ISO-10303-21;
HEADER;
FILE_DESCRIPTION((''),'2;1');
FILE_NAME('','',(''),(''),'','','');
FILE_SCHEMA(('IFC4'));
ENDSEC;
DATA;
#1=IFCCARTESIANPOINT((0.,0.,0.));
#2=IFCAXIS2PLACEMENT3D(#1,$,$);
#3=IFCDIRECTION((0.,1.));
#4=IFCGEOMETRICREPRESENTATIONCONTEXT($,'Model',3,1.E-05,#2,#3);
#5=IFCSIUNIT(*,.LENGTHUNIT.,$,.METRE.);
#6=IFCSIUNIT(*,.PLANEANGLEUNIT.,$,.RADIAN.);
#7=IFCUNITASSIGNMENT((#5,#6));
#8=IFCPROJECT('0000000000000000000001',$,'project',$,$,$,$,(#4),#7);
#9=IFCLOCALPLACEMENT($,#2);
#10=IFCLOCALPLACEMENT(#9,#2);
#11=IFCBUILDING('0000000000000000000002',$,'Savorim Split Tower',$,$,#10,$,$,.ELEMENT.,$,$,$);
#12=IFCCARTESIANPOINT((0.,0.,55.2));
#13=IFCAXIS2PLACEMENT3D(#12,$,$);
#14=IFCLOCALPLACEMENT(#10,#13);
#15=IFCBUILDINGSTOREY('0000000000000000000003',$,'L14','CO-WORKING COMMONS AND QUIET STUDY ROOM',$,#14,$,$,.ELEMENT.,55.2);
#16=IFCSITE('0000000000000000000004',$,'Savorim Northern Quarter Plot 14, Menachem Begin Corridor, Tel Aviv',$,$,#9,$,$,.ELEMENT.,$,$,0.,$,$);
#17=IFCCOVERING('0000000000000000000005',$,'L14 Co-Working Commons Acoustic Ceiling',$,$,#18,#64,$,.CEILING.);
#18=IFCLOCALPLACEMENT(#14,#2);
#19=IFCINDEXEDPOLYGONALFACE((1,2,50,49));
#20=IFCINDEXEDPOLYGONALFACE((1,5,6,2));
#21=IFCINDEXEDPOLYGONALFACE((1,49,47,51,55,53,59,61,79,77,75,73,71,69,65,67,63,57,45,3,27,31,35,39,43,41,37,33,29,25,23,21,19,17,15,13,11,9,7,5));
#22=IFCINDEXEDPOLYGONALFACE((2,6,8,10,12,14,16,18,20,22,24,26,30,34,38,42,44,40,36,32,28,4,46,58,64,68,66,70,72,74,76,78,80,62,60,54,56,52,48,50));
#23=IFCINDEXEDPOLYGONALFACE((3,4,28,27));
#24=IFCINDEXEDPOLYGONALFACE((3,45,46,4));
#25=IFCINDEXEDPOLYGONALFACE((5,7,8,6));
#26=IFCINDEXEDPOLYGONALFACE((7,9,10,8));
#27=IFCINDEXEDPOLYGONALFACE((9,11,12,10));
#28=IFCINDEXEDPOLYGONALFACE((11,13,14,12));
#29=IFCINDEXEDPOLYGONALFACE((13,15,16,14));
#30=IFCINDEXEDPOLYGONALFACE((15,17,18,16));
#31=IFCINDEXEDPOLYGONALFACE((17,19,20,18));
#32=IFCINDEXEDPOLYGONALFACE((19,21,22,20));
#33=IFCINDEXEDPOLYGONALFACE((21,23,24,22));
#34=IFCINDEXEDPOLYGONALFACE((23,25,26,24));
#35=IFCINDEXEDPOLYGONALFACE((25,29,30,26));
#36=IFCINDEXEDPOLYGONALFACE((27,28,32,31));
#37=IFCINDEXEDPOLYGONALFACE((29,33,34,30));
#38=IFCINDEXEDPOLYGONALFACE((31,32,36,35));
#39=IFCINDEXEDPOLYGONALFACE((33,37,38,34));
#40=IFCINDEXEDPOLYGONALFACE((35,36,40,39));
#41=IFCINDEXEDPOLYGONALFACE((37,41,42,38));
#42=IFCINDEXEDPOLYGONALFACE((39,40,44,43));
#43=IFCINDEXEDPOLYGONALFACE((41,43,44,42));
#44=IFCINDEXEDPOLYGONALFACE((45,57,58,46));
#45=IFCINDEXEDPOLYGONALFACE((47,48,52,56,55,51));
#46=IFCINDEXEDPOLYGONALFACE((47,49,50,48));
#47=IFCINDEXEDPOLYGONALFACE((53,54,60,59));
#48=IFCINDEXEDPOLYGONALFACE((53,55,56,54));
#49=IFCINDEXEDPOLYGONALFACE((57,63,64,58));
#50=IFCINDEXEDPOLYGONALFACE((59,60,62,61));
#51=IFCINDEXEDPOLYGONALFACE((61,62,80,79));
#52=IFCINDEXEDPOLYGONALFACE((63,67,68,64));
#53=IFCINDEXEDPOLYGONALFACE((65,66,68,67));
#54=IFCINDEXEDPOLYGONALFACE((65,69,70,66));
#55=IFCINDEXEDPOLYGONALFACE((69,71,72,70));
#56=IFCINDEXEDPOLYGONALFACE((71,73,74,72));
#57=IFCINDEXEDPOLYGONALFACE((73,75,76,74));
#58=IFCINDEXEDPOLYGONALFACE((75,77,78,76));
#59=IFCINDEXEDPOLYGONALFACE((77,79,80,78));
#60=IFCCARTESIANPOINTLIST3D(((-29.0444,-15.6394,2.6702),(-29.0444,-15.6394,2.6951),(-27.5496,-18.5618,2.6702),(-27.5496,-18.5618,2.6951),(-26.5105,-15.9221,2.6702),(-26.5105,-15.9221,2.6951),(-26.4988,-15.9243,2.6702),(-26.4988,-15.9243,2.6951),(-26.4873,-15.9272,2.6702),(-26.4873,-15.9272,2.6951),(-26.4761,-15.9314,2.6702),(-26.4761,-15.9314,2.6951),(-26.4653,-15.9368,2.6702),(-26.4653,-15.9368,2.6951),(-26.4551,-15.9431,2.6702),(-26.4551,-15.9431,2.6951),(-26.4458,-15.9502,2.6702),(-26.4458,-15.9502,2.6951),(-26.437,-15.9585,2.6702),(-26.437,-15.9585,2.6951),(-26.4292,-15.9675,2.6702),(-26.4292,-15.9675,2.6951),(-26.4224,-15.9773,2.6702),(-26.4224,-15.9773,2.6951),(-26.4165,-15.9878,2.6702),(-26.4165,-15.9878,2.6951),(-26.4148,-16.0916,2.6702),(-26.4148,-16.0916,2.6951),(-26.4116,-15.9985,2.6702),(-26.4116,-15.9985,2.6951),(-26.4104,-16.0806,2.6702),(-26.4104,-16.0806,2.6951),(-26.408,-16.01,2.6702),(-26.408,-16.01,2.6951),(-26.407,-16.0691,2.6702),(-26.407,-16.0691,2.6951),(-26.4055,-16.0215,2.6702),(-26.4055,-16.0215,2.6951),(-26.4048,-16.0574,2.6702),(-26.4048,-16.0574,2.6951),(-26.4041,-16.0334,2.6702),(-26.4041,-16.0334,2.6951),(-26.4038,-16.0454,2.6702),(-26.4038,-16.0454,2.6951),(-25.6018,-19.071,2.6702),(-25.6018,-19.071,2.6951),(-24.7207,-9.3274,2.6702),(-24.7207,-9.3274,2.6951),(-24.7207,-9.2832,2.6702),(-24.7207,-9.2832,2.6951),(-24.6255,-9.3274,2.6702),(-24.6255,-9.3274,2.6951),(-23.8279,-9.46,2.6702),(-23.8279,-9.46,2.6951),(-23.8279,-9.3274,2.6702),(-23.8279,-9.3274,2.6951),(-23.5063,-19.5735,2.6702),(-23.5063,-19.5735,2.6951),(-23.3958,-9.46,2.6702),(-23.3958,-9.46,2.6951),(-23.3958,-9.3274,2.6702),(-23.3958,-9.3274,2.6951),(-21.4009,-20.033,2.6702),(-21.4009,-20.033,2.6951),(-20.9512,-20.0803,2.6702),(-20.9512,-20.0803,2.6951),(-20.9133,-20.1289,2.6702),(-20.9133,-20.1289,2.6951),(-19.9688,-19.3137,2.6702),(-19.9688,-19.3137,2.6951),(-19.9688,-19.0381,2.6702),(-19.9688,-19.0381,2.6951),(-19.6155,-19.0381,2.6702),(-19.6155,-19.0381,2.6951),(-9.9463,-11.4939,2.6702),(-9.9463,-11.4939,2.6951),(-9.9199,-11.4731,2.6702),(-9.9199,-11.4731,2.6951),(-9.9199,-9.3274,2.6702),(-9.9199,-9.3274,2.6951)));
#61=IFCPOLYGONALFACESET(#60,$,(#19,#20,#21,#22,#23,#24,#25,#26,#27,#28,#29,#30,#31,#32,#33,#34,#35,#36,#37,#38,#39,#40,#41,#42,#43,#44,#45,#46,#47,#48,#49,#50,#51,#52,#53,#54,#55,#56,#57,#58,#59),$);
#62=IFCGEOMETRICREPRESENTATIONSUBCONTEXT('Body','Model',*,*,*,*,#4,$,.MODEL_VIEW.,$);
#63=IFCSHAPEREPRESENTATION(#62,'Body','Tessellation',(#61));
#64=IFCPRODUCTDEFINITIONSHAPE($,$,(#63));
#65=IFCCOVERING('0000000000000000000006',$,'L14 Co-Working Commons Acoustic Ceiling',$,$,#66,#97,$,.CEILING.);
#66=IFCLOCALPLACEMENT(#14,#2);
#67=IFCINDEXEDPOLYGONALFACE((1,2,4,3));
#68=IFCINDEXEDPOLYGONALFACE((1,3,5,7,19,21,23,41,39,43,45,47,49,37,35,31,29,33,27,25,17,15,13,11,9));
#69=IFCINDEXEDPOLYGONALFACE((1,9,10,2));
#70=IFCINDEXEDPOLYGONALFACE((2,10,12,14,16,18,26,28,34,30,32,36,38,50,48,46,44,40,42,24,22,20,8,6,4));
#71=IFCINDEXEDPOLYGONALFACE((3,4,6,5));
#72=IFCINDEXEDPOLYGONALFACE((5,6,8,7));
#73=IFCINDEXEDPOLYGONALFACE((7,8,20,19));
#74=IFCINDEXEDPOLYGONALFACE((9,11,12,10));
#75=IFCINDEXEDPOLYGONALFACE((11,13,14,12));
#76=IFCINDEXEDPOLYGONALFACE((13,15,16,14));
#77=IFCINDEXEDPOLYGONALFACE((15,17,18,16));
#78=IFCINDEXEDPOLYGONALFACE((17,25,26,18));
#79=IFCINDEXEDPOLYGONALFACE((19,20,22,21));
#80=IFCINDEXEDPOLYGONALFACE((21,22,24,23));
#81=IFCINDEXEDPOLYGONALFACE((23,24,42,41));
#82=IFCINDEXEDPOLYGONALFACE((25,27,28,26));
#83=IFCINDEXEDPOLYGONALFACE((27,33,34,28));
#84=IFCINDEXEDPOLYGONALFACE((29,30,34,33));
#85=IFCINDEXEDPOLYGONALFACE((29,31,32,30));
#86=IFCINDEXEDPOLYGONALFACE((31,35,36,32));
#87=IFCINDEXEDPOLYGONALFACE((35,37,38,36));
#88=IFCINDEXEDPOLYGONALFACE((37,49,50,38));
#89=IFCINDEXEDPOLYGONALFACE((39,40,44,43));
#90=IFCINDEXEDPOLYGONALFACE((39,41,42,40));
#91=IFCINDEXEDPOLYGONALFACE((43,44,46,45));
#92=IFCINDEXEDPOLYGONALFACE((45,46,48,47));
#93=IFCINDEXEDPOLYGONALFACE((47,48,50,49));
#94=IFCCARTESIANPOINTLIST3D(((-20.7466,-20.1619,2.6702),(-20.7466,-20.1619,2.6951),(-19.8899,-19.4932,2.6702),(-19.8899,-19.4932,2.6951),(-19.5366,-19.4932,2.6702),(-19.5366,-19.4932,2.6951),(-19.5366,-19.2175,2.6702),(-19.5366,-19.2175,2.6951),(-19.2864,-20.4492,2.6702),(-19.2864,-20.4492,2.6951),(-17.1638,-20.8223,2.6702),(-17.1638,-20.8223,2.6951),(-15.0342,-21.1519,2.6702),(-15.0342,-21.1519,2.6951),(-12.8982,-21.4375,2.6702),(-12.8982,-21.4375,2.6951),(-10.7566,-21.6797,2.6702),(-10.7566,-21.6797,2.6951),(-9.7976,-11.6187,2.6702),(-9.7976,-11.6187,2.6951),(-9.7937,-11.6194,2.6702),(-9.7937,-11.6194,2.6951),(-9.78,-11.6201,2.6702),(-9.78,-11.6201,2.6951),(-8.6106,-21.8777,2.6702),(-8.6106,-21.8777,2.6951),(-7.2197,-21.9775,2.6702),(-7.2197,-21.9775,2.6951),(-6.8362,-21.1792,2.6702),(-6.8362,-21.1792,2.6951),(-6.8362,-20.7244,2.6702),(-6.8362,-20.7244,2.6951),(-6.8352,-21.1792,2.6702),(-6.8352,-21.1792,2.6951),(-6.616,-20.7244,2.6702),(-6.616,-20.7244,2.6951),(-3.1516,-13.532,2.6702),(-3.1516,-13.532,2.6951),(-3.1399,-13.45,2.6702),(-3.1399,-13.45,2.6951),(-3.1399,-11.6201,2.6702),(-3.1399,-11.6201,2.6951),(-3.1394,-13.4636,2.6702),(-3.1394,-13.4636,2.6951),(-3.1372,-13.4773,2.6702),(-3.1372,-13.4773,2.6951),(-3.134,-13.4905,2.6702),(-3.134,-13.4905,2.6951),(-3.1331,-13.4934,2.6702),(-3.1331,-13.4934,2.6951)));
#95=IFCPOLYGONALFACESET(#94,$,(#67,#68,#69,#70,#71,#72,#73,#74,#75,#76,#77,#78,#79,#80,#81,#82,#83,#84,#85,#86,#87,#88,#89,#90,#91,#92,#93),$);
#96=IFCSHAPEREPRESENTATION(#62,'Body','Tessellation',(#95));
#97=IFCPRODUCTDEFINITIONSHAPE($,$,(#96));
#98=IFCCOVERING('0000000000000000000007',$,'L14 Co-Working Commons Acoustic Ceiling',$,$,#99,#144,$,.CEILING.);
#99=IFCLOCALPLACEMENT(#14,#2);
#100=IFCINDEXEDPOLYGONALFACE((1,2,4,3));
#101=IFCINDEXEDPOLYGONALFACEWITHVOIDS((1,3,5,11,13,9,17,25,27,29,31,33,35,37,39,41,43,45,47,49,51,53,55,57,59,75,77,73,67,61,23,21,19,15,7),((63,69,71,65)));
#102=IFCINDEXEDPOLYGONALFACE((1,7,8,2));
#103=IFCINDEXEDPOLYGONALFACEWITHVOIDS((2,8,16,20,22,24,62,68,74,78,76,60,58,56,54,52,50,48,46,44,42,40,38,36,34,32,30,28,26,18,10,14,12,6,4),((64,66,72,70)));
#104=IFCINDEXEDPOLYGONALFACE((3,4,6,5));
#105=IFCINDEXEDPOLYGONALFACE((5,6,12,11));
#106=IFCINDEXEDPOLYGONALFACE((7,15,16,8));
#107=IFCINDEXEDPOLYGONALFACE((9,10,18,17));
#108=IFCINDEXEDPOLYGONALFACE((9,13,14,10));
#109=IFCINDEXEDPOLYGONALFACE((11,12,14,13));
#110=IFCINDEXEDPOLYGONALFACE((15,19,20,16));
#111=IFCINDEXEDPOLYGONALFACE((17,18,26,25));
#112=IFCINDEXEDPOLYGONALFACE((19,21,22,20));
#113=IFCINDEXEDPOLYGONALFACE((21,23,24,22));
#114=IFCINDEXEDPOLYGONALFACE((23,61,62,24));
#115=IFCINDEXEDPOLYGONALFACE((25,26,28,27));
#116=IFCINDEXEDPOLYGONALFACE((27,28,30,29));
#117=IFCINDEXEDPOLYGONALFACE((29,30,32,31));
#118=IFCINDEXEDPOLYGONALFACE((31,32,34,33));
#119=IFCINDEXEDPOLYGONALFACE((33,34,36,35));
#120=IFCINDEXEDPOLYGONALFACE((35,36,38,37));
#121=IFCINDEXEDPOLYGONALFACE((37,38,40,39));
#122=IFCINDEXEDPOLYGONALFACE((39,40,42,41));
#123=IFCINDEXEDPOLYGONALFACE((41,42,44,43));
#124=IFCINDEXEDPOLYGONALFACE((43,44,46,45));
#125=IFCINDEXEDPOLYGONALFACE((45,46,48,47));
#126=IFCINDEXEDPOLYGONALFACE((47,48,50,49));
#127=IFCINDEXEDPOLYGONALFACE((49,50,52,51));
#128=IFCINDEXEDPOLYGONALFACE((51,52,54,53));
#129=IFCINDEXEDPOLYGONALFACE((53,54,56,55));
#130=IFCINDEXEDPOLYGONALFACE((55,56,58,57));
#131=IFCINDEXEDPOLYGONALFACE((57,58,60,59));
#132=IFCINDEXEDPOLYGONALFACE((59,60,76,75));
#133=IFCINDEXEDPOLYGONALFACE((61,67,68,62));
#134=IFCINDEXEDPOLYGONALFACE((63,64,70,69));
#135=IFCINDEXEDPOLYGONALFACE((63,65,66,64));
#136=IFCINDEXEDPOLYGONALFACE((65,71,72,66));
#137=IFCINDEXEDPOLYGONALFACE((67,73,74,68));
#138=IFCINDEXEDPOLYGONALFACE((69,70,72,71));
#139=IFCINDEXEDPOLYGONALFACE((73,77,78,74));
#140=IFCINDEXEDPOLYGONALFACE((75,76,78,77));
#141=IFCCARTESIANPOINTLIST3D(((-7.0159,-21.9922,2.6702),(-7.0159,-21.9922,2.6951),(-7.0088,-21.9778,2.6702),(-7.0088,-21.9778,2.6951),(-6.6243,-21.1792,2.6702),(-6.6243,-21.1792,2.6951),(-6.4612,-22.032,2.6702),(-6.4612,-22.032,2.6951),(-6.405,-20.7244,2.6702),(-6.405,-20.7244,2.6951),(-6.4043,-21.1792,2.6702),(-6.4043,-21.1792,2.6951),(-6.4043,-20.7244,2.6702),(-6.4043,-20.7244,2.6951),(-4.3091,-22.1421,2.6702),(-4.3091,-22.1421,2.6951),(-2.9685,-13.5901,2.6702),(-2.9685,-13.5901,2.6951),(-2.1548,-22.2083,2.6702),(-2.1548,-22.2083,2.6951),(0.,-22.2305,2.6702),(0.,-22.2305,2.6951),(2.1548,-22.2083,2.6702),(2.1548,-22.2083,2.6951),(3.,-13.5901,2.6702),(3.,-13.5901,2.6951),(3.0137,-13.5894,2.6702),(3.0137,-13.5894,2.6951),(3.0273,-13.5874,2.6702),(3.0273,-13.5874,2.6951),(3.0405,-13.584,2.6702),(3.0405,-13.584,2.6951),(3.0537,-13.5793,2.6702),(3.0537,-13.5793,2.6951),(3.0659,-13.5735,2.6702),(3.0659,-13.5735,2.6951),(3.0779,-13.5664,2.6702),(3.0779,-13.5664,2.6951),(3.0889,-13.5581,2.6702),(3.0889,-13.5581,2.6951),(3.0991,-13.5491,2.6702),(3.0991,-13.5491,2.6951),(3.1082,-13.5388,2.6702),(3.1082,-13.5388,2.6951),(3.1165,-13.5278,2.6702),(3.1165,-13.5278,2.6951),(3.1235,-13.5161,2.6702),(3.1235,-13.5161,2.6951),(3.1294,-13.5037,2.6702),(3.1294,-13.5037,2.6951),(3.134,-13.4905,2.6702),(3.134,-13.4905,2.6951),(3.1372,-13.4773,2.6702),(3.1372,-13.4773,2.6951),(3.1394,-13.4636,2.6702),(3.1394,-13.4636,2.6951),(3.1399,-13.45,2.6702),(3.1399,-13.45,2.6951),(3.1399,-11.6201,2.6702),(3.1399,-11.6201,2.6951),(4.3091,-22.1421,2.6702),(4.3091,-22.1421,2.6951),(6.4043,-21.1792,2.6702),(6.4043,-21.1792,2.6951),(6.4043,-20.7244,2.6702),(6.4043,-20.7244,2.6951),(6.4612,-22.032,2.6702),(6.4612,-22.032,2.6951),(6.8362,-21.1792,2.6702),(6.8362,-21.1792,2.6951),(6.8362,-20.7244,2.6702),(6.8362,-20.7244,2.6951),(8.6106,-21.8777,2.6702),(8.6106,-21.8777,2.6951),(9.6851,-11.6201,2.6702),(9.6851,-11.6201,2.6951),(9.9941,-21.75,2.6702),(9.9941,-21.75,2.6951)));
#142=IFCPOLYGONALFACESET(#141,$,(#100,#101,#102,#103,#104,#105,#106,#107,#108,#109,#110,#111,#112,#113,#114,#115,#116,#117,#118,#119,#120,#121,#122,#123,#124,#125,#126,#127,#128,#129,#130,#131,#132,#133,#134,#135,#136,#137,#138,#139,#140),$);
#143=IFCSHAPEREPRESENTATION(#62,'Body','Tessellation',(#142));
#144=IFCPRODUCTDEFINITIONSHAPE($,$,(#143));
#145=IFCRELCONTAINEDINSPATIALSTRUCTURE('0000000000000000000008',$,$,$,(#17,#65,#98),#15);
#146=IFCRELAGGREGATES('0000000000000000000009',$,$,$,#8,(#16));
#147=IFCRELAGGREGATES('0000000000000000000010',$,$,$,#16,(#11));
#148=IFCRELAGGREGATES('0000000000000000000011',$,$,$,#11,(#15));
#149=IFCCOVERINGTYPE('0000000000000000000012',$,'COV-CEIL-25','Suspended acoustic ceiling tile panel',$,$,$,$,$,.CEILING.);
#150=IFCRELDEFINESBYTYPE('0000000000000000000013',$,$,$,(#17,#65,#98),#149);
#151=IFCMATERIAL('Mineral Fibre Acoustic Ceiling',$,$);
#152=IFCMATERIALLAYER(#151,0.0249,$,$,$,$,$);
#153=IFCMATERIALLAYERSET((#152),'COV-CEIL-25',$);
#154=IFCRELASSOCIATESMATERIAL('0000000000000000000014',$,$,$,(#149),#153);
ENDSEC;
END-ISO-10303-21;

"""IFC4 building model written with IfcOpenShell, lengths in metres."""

from ifc_helpers import new_model, si_unit, direction, frame, origin, place, context, subcontext, project, spatial, polyline, outline, extrude, material, layer, layer_set, type_object, element, save


model = new_model("IFC4")

# Units and contexts
model_context = context("Model", 3, precision=1e-05, world=origin(), true_north=direction((0.0, 1.0)))
body_context = subcontext(model_context, "Body", "Model", "MODEL_VIEW")
ifc_project = project(units=[si_unit("LENGTHUNIT", "METRE"), si_unit("PLANEANGLEUNIT", "RADIAN")], contexts=[model_context])

# Site, building, storey
site_placement = place(None, origin())
site = spatial("IfcSite", under=ifc_project, at=site_placement, Name="Savorim Northern Quarter Plot 14, Menachem Begin Corridor, Tel Aviv", CompositionType="ELEMENT", RefElevation=0.0)
building_placement = place(site_placement, origin())
building = spatial("IfcBuilding", under=site, at=building_placement, Name="Savorim Split Tower", CompositionType="ELEMENT")
storey_placement = place(building_placement, frame((0.0, 0.0, 55.2)))
storey = spatial("IfcBuildingStorey", under=building, at=storey_placement, Name="L14", Description="CO-WORKING COMMONS AND QUIET STUDY ROOM", CompositionType="ELEMENT", Elevation=55.2)

# Coverings
ifc_material_1 = material(Name="Mineral Fibre Acoustic Ceiling")
ifc_layer_1 = layer(ifc_material_1, 0.0249)
ifc_layer_set_1 = layer_set([ifc_layer_1], Name="COV-CEIL-25")
covering_type_1 = type_object("IfcCoveringType", Name="COV-CEIL-25", Description="Suspended acoustic ceiling tile panel", PredefinedType="CEILING", material=ifc_layer_set_1)
covering_1_placement = place(storey_placement, frame((0.0, 0.0, 2.6702)))
element("IfcCovering", 1, at=covering_1_placement, inside=storey, type_object=covering_type_1, Name="L14 Co-Working Commons Acoustic Ceiling", PredefinedType="CEILING", context=body_context, shape_type="SweptSolid", body=[
    extrude(outline(polyline([(-26.4038, -16.0454), (-26.4048, -16.0574), (-26.407, -16.0691), (-26.4104, -16.0806), (-26.4148, -16.0916), (-27.5496, -18.5618), (-25.6018, -19.071), (-23.5063, -19.5735), (-21.4009, -20.033), (-20.9133, -20.1289), (-20.9512, -20.0803), (-19.9688, -19.3137), (-19.9688, -19.0381), (-19.6155, -19.0381), (-9.9463, -11.4939), (-9.9199, -11.4731), (-9.9199, -9.3274), (-23.3958, -9.3274), (-23.3958, -9.46), (-23.8279, -9.46), (-23.8279, -9.3274), (-24.6255, -9.3274), (-24.7207, -9.3274), (-24.7207, -9.2832), (-29.0444, -15.6394), (-26.5105, -15.9221), (-26.4988, -15.9243), (-26.4873, -15.9272), (-26.4761, -15.9314), (-26.4653, -15.9368), (-26.4551, -15.9431), (-26.4458, -15.9502), (-26.437, -15.9585), (-26.4292, -15.9675), (-26.4224, -15.9773), (-26.4165, -15.9878), (-26.4116, -15.9985), (-26.408, -16.01), (-26.4055, -16.0215), (-26.4041, -16.0334), (-26.4038, -16.0454)])), origin(), (0.0, 0.0, 1.0), 0.0249),
])
covering_2_placement = place(storey_placement, frame((0.0, 0.0, 2.6702)))
element("IfcCovering", 2, at=covering_2_placement, inside=storey, type_object=covering_type_1, Name="L14 Co-Working Commons Acoustic Ceiling", PredefinedType="CEILING", context=body_context, shape_type="SweptSolid", body=[
    extrude(outline(polyline([(-15.0342, -21.1519), (-12.8982, -21.4375), (-10.7566, -21.6797), (-8.6106, -21.8777), (-7.2197, -21.9775), (-6.8352, -21.1792), (-6.8362, -21.1792), (-6.8362, -20.7244), (-6.616, -20.7244), (-3.1516, -13.532), (-3.1331, -13.4934), (-3.134, -13.4905), (-3.1372, -13.4773), (-3.1394, -13.4636), (-3.1399, -13.45), (-3.1399, -11.6201), (-9.78, -11.6201), (-9.7937, -11.6194), (-9.7976, -11.6187), (-19.5366, -19.2175), (-19.5366, -19.4932), (-19.8899, -19.4932), (-20.7466, -20.1619), (-19.2864, -20.4492), (-17.1638, -20.8223), (-15.0342, -21.1519)])), origin(), (0.0, 0.0, 1.0), 0.0249),
])
covering_3_placement = place(storey_placement, frame((0.0, 0.0, 2.6702)))
element("IfcCovering", 3, at=covering_3_placement, inside=storey, type_object=covering_type_1, Name="L14 Co-Working Commons Acoustic Ceiling", PredefinedType="CEILING", context=body_context, shape_type="SweptSolid", body=[
    extrude(outline(polyline([(4.3091, -22.1421), (6.4612, -22.032), (8.6106, -21.8777), (9.9941, -21.75), (9.6851, -11.6201), (3.1399, -11.6201), (3.1399, -13.45), (3.1394, -13.4636), (3.1372, -13.4773), (3.134, -13.4905), (3.1294, -13.5037), (3.1235, -13.5161), (3.1165, -13.5278), (3.1082, -13.5388), (3.0991, -13.5491), (3.0889, -13.5581), (3.0779, -13.5664), (3.0659, -13.5735), (3.0537, -13.5793), (3.0405, -13.584), (3.0273, -13.5874), (3.0137, -13.5894), (3.0, -13.5901), (-2.9685, -13.5901), (-6.405, -20.7244), (-6.4043, -20.7244), (-6.4043, -21.1792), (-6.6243, -21.1792), (-7.0088, -21.9778), (-7.0159, -21.9922), (-6.4612, -22.032), (-4.3091, -22.1421), (-2.1548, -22.2083), (0.0, -22.2305), (2.1548, -22.2083), (4.3091, -22.1421)]), holes=[polyline([(6.4043, -21.1792), (6.8362, -21.1792), (6.8362, -20.7244), (6.4043, -20.7244), (6.4043, -21.1792)])]), origin(), (0.0, 0.0, 1.0), 0.0249),
])

save(model, "model.ifc")
